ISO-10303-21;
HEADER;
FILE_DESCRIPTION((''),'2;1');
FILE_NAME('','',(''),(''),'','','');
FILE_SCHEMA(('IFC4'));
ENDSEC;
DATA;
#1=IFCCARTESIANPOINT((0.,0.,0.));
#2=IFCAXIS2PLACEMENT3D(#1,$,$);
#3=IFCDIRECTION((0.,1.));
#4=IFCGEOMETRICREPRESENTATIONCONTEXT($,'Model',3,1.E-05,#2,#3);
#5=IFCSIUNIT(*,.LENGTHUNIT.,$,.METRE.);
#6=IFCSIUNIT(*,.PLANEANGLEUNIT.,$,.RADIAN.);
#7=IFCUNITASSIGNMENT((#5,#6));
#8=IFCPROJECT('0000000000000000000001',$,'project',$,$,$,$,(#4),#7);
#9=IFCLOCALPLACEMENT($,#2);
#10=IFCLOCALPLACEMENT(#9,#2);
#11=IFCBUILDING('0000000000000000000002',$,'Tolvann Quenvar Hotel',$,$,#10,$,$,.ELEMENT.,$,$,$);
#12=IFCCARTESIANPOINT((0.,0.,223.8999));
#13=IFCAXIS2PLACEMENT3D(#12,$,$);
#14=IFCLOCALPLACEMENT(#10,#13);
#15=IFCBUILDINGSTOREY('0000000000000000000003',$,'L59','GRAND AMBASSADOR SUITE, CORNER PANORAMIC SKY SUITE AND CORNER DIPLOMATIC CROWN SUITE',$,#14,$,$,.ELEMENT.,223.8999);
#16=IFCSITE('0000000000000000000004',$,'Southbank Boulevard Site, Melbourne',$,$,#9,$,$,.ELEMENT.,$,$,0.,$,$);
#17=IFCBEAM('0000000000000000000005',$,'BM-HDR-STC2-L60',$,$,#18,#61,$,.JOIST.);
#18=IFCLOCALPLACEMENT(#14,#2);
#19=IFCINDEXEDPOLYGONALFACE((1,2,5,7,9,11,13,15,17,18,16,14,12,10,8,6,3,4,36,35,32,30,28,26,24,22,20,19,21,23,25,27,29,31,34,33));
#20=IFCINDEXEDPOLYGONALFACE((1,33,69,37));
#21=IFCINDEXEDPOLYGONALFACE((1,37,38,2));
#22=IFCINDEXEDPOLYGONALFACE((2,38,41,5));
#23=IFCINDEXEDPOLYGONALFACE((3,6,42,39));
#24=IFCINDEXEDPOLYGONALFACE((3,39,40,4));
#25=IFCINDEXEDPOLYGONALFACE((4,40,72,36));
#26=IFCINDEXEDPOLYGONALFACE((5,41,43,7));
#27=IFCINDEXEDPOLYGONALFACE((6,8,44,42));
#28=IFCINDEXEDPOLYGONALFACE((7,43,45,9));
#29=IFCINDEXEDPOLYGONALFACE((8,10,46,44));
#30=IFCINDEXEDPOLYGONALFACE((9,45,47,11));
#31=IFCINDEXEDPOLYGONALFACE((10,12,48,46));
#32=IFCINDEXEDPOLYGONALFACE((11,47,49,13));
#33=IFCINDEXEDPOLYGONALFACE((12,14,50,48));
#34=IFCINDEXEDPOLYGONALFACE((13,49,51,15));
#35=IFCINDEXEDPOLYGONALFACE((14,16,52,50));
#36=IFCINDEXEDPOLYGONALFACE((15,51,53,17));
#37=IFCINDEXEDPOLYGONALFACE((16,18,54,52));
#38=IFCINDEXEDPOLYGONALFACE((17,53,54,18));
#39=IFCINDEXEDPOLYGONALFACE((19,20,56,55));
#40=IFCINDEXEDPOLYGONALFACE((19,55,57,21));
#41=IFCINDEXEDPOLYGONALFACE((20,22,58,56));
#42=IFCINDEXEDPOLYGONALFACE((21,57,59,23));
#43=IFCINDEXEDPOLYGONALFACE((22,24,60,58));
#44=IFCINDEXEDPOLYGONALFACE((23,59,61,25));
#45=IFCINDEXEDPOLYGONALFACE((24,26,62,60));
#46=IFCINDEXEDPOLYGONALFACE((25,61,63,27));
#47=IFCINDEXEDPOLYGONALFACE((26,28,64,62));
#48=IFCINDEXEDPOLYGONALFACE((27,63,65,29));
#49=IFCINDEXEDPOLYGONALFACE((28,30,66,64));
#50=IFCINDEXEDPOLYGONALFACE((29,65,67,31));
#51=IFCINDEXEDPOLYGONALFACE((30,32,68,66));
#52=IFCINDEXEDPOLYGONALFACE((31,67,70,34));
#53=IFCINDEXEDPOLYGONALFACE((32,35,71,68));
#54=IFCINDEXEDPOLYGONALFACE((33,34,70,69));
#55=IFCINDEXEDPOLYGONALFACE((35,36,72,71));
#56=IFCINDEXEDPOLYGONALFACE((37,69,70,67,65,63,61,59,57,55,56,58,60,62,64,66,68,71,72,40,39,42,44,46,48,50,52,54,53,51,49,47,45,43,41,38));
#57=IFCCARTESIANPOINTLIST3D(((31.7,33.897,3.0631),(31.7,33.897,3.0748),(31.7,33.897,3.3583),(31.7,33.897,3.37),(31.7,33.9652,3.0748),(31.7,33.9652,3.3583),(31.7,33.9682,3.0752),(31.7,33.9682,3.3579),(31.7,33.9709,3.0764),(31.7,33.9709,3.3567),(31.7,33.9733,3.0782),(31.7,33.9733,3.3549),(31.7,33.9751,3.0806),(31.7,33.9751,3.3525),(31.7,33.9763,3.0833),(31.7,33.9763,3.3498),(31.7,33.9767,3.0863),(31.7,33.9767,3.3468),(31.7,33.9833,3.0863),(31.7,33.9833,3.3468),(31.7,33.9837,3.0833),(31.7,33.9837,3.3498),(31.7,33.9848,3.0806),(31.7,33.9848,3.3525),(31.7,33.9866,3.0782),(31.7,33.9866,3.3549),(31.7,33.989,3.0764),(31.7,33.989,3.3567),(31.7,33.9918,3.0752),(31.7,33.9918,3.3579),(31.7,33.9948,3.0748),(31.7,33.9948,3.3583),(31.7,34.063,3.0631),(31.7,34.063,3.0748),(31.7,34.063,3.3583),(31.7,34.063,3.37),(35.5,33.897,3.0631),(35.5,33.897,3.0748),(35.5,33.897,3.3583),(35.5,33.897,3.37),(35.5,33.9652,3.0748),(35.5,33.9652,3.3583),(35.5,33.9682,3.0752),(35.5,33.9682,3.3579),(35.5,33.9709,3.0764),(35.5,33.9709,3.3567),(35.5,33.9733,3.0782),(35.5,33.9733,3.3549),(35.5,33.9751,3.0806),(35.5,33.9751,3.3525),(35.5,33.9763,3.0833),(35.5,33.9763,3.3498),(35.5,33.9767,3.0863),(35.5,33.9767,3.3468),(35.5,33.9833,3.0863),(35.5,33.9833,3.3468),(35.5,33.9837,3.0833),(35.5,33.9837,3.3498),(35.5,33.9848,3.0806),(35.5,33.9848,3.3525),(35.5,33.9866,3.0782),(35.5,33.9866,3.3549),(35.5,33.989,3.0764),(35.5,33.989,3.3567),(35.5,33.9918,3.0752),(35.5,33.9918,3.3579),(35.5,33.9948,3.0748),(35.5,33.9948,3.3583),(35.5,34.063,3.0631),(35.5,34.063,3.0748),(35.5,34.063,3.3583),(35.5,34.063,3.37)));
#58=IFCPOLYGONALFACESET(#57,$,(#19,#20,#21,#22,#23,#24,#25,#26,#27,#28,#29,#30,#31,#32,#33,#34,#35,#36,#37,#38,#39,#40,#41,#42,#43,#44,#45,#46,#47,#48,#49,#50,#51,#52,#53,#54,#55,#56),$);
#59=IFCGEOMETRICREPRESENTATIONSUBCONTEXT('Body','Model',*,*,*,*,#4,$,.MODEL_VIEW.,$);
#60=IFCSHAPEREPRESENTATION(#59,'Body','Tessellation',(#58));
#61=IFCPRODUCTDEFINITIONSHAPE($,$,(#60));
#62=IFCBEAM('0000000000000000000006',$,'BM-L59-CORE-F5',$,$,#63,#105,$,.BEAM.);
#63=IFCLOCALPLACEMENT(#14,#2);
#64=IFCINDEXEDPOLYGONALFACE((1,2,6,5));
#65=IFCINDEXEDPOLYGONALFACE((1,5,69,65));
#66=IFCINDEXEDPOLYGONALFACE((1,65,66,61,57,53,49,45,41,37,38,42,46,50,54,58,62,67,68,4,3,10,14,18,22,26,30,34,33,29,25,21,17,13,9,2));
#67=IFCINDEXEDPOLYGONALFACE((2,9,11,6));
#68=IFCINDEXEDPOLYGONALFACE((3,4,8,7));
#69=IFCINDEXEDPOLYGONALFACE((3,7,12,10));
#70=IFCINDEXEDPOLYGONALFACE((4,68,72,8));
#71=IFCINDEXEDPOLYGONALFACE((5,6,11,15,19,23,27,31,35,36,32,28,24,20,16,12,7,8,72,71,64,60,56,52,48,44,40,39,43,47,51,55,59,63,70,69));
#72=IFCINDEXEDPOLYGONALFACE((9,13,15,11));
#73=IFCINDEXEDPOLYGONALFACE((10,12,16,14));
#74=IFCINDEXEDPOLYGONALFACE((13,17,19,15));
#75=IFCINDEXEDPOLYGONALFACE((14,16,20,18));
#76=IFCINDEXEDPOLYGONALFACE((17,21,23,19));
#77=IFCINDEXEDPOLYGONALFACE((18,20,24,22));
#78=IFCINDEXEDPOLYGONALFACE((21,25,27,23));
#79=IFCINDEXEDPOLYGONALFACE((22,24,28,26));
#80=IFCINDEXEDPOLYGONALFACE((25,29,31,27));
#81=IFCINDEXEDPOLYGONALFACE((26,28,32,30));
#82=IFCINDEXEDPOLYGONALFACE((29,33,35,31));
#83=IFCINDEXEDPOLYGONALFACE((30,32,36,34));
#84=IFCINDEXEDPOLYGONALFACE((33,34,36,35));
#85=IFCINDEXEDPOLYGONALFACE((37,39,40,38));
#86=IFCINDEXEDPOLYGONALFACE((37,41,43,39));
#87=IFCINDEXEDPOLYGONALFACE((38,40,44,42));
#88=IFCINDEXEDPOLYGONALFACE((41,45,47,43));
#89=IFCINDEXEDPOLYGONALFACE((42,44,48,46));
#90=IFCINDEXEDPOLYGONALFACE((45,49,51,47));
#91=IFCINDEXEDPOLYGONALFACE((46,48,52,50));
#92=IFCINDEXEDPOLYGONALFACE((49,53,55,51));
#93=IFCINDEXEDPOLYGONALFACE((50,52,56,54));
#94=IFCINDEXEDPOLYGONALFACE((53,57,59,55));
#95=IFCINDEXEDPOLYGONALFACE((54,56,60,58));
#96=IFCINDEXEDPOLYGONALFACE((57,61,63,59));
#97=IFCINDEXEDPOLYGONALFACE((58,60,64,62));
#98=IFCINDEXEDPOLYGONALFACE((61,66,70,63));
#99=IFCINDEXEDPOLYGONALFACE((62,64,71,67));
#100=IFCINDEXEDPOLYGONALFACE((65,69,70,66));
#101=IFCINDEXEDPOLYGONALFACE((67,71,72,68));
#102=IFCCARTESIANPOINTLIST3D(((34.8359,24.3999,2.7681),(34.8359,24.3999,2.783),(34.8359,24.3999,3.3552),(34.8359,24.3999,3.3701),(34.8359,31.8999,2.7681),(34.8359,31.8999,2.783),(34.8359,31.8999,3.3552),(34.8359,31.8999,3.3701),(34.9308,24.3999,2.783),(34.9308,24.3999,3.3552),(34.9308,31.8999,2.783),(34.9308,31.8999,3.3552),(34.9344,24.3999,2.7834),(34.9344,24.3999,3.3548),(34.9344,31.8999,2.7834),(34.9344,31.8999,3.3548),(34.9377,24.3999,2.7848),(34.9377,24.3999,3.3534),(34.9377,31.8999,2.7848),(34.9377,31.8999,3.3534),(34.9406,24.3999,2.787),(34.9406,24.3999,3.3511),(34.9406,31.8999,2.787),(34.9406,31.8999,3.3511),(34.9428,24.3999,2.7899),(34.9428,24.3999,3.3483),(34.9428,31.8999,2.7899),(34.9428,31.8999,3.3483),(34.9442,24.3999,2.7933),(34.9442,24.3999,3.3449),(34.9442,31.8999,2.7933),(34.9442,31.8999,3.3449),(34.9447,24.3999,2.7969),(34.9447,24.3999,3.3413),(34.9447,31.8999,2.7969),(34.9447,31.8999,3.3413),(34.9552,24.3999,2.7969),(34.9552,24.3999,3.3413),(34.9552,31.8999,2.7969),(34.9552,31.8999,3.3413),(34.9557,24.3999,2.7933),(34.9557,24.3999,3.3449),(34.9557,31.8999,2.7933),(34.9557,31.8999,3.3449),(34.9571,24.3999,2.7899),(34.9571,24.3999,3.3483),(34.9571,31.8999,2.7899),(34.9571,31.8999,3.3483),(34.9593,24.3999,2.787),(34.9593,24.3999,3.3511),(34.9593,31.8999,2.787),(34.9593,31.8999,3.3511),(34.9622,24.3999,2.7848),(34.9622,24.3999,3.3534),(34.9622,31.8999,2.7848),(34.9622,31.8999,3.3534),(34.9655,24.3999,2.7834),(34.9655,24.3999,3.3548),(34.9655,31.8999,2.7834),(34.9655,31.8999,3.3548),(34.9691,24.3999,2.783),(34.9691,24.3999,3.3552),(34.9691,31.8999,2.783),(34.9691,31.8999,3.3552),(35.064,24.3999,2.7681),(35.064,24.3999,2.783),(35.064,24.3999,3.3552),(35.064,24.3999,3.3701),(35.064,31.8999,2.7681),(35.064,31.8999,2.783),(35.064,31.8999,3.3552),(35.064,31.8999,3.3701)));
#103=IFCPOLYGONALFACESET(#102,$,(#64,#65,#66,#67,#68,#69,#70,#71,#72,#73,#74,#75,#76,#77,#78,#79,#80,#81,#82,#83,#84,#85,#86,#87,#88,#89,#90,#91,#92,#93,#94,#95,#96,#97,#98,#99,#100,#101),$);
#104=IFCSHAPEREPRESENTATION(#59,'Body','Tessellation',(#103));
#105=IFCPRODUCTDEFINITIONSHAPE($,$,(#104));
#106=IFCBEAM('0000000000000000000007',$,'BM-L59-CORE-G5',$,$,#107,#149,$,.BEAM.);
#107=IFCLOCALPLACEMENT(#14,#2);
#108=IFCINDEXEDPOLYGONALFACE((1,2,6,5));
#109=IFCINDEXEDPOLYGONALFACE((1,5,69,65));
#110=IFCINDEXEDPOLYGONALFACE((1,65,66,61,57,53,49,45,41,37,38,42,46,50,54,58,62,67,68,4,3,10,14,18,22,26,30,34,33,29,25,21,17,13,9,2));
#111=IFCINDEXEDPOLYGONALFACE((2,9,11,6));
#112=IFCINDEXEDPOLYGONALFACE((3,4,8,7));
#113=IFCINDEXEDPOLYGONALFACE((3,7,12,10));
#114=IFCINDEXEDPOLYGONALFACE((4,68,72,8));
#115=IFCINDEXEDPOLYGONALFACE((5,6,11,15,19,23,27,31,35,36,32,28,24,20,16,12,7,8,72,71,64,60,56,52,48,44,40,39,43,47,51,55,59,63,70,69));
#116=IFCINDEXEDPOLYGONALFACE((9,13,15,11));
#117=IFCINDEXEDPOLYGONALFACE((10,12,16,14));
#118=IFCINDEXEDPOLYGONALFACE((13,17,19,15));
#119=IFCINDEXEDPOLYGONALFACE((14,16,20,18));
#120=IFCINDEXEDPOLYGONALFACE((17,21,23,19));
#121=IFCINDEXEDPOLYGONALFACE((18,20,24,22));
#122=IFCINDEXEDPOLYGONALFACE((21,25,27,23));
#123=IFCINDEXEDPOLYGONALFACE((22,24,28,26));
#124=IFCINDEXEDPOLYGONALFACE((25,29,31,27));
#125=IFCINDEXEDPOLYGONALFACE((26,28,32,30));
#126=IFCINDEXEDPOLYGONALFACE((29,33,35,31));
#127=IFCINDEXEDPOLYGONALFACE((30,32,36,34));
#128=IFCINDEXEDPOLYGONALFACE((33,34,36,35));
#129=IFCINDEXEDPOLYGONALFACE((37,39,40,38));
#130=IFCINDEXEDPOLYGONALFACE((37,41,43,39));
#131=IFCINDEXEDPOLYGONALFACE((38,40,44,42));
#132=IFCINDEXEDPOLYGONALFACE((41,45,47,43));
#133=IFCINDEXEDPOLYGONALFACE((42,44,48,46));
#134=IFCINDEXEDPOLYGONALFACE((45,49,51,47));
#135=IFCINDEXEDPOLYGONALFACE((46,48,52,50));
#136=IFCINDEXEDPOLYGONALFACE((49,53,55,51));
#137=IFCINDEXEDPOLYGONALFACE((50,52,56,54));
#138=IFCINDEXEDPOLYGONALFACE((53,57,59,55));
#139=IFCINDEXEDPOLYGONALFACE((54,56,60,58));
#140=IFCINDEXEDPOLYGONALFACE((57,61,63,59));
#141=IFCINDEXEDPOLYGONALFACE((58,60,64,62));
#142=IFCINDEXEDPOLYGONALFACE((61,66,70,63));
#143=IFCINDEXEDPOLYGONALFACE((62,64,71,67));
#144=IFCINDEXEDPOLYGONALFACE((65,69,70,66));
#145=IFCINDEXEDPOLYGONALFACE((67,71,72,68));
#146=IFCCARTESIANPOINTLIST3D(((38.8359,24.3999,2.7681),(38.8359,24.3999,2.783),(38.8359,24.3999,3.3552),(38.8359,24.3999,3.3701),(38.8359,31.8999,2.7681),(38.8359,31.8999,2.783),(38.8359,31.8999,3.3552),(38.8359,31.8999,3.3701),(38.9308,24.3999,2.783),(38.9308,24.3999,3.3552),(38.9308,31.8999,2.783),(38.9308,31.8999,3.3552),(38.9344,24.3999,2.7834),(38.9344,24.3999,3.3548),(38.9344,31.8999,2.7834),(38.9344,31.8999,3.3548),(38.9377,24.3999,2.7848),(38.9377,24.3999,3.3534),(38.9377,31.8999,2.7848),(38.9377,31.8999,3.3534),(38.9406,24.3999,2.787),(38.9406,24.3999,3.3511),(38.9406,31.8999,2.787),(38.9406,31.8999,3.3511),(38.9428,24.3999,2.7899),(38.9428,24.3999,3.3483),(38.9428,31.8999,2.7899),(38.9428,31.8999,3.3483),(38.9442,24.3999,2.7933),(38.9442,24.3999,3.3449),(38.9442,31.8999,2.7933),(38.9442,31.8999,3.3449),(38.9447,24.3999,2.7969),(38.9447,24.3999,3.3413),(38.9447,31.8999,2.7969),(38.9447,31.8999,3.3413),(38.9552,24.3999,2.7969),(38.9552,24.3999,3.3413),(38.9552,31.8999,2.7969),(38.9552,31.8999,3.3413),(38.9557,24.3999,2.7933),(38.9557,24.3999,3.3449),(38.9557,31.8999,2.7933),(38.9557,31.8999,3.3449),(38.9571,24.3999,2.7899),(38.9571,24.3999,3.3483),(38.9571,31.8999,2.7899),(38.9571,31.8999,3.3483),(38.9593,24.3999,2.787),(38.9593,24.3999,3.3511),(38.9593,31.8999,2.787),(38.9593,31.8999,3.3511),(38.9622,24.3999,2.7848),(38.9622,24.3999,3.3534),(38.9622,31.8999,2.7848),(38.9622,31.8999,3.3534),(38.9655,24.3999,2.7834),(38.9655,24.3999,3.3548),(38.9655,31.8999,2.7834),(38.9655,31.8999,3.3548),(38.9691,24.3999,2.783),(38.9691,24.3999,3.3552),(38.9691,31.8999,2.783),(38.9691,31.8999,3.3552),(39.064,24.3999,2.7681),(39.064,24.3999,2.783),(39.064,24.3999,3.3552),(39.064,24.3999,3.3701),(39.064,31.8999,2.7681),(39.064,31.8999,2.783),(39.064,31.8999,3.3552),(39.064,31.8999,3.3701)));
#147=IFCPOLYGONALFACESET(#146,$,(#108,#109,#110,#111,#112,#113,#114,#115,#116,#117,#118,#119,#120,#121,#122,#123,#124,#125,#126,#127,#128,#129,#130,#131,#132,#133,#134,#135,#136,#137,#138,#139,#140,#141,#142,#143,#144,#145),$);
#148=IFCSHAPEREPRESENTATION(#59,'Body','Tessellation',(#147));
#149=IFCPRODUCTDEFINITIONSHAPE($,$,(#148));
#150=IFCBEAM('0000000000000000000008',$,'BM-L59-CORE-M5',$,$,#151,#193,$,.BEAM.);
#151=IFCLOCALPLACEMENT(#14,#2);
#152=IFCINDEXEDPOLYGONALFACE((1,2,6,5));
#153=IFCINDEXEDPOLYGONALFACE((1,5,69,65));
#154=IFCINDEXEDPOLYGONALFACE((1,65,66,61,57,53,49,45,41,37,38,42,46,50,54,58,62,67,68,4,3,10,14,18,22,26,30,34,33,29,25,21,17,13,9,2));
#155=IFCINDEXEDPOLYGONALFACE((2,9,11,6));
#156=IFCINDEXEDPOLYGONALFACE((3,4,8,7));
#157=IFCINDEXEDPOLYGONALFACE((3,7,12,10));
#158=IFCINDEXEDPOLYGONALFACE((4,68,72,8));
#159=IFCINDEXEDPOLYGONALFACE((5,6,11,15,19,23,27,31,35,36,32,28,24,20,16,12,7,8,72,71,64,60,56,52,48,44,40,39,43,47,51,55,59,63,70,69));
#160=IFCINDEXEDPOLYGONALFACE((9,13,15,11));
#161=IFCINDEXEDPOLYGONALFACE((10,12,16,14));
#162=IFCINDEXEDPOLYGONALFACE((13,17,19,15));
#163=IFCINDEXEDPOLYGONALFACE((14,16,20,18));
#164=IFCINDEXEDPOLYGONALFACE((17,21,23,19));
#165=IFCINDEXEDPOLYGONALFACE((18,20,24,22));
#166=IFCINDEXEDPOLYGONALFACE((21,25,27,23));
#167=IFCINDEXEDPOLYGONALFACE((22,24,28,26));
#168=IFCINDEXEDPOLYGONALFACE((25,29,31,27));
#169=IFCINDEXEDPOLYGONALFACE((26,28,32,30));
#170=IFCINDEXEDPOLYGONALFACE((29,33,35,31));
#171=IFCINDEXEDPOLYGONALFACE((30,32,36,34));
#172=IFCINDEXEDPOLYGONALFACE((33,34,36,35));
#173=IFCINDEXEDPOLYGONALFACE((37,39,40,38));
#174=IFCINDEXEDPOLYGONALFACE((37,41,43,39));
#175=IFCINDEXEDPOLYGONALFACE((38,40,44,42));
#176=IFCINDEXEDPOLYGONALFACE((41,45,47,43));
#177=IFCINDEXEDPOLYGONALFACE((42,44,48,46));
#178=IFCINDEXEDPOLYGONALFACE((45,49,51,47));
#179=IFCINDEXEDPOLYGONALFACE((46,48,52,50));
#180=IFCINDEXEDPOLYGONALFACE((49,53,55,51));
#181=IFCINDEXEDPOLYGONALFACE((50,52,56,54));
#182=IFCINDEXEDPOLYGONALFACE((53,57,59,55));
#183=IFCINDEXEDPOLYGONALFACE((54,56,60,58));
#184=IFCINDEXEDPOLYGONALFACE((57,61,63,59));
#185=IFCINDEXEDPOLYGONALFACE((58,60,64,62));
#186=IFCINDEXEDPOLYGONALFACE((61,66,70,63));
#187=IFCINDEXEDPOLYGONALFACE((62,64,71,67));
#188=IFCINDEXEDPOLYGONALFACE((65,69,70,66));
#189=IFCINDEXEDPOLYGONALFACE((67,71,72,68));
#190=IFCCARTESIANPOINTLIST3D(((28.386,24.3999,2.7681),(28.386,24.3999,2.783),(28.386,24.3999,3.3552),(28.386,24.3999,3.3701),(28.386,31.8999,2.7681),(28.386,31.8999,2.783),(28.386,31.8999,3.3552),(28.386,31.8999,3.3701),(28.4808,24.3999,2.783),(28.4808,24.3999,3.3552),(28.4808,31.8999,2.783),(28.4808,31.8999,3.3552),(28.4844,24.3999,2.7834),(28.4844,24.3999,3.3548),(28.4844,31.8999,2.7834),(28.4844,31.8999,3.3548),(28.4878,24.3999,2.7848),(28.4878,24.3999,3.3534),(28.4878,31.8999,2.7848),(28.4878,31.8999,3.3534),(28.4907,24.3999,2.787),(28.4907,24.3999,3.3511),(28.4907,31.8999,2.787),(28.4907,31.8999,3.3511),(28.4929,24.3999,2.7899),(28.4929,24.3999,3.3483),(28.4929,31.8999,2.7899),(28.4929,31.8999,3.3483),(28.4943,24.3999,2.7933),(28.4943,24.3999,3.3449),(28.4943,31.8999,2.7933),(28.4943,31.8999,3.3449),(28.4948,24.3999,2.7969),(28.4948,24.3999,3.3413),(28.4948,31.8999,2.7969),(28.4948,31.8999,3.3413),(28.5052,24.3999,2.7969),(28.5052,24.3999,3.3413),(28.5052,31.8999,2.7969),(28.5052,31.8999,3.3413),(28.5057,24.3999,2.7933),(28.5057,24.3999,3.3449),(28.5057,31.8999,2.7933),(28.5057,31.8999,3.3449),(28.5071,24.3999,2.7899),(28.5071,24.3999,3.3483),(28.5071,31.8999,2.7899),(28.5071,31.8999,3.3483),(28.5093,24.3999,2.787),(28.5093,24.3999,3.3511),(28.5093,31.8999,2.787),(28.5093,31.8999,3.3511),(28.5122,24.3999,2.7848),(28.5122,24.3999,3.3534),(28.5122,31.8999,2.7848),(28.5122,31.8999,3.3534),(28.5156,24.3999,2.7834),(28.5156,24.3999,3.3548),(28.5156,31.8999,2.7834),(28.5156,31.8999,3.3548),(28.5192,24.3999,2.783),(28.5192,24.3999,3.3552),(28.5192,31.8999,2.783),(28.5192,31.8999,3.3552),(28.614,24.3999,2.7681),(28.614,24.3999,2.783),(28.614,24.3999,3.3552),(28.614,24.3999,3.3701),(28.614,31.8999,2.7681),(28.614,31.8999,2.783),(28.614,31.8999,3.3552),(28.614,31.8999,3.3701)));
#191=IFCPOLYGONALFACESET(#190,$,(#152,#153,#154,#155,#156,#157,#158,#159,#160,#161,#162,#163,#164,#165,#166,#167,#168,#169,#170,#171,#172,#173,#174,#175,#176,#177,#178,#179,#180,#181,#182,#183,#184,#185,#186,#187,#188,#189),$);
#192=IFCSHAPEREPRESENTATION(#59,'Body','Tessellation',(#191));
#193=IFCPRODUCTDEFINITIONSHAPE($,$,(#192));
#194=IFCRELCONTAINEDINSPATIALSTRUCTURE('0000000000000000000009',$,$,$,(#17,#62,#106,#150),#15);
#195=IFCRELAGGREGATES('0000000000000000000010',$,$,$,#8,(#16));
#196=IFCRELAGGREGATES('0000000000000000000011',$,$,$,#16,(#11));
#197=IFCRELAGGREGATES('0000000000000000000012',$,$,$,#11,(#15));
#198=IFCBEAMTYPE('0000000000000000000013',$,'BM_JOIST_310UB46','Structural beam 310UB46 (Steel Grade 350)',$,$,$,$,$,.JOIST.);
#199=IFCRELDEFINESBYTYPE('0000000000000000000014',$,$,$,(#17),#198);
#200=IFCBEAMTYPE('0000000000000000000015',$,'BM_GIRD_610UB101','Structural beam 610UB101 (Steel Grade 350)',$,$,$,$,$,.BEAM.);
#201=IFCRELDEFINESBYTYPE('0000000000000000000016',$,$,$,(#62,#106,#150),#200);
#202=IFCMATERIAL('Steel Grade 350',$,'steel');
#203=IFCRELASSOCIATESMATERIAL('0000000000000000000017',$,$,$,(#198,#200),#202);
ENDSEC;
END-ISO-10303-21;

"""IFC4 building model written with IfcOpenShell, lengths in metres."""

from ifc_helpers import new_model, si_unit, direction, frame, origin, origin_2d, place, context, subcontext, project, spatial, i_section, extrude, source, transform, mapped, material, material_profile, profile_set, type_object, type_shapes, element, save


model = new_model("IFC4")

# Units and contexts
model_context = context("Model", 3, precision=1e-05, world=origin(), true_north=direction((0.0, 1.0)))
body_context = subcontext(model_context, "Body", "Model", "MODEL_VIEW")
ifc_project = project(units=[si_unit("LENGTHUNIT", "METRE"), si_unit("PLANEANGLEUNIT", "RADIAN")], contexts=[model_context])

# Site, building, storey
site_placement = place(None, origin())
site = spatial("IfcSite", under=ifc_project, at=site_placement, Name="Southbank Boulevard Site, Melbourne", CompositionType="ELEMENT", RefElevation=0.0)
building_placement = place(site_placement, origin())
building = spatial("IfcBuilding", under=site, at=building_placement, Name="Tolvann Quenvar Hotel", CompositionType="ELEMENT")
storey_placement = place(building_placement, frame((0.0, 0.0, 223.8999)))
storey = spatial("IfcBuildingStorey", under=building, at=storey_placement, Name="L59", Description="GRAND AMBASSADOR SUITE, CORNER PANORAMIC SKY SUITE AND CORNER DIPLOMATIC CROWN SUITE", CompositionType="ELEMENT", Elevation=223.8999)

# Beams
ifc_material_1 = material(Name="Steel Grade 350", Category="steel")
ifc_material_profile_1 = material_profile(ifc_material_1, i_section(OverallWidth=0.166, OverallDepth=0.3069, WebThickness=0.0066, FlangeThickness=0.0117, FilletRadius=0.0115, at=origin_2d()), Name="310UB46")
ifc_profile_set_1 = profile_set([ifc_material_profile_1], Name="Steel Grade 350")
beam_type_1 = type_object("IfcBeamType", Name="BM_JOIST_310UB46", Description="Structural beam 310UB46 (Steel Grade 350)", PredefinedType="JOIST", material=ifc_profile_set_1)
shared_shape_1 = source(origin(), body_context, "Body", "SweptSolid", [
    extrude(i_section(OverallWidth=0.166, OverallDepth=0.3069, WebThickness=0.0066, FlangeThickness=0.0117, FilletRadius=0.0115, at=origin_2d()), origin(), (0.0, 0.0, 1.0), 3.8),
])
type_shapes(beam_type_1, [shared_shape_1])
beam_1_placement = place(storey_placement, frame((31.7, 33.98, 3.2166), z_axis=(1.0, 0.0, 0.0), x_axis=(0.0, 1.0, 0.0)))
element("IfcBeam", 1, at=beam_1_placement, inside=storey, type_object=beam_type_1, Name="BM-HDR-STC2-L60", PredefinedType="JOIST", context=body_context, shape_type="MappedRepresentation", body=[
    mapped(shared_shape_1, transform((0.0, 0.0, 0.0), x_axis=(1.0, 0.0, 0.0), y_axis=(0.0, 1.0, 0.0), z_axis=(0.0, 0.0, 1.0), scale=1.0)),
])
ifc_material_profile_2 = material_profile(ifc_material_1, i_section(OverallWidth=0.228, OverallDepth=0.6021, WebThickness=0.0105, FlangeThickness=0.0149, FilletRadius=0.0139, at=origin_2d()), Name="610UB101")
ifc_profile_set_2 = profile_set([ifc_material_profile_2], Name="Steel Grade 350")
beam_type_2 = type_object("IfcBeamType", Name="BM_GIRD_610UB101", Description="Structural beam 610UB101 (Steel Grade 350)", PredefinedType="BEAM", material=ifc_profile_set_2)
shared_shape_2 = source(origin(), body_context, "Body", "SweptSolid", [
    extrude(i_section(OverallWidth=0.228, OverallDepth=0.6021, WebThickness=0.0105, FlangeThickness=0.0149, FilletRadius=0.0139, at=origin_2d()), origin(), (0.0, 0.0, 1.0), 7.5),
])
for number, where, z_axis, x_axis, name in (
    (2, (34.95, 24.3999, 3.0691), (0.0, 1.0, 0.0), (-1.0, 0.0, 0.0), "BM-L59-CORE-F5"),
    (3, (38.95, 24.3999, 3.0691), (0.0, 1.0, 0.0), (-1.0, 0.0, 0.0), "BM-L59-CORE-G5"),
    (4, (28.5, 24.3999, 3.0691), (0.0, 1.0, 0.0), (-1.0, 0.0, 0.0), "BM-L59-CORE-M5"),
):
    element("IfcBeam", number, at=place(storey_placement, frame(where, z_axis=z_axis, x_axis=x_axis)), inside=storey, type_object=beam_type_2, Name=name, PredefinedType="BEAM", context=body_context, shape_type="MappedRepresentation", body=[
        mapped(shared_shape_2, transform((0.0, 0.0, 0.0), x_axis=(1.0, 0.0, 0.0), y_axis=(0.0, 1.0, 0.0), z_axis=(0.0, 0.0, 1.0), scale=1.0)),
    ])

save(model, "model.ifc")
